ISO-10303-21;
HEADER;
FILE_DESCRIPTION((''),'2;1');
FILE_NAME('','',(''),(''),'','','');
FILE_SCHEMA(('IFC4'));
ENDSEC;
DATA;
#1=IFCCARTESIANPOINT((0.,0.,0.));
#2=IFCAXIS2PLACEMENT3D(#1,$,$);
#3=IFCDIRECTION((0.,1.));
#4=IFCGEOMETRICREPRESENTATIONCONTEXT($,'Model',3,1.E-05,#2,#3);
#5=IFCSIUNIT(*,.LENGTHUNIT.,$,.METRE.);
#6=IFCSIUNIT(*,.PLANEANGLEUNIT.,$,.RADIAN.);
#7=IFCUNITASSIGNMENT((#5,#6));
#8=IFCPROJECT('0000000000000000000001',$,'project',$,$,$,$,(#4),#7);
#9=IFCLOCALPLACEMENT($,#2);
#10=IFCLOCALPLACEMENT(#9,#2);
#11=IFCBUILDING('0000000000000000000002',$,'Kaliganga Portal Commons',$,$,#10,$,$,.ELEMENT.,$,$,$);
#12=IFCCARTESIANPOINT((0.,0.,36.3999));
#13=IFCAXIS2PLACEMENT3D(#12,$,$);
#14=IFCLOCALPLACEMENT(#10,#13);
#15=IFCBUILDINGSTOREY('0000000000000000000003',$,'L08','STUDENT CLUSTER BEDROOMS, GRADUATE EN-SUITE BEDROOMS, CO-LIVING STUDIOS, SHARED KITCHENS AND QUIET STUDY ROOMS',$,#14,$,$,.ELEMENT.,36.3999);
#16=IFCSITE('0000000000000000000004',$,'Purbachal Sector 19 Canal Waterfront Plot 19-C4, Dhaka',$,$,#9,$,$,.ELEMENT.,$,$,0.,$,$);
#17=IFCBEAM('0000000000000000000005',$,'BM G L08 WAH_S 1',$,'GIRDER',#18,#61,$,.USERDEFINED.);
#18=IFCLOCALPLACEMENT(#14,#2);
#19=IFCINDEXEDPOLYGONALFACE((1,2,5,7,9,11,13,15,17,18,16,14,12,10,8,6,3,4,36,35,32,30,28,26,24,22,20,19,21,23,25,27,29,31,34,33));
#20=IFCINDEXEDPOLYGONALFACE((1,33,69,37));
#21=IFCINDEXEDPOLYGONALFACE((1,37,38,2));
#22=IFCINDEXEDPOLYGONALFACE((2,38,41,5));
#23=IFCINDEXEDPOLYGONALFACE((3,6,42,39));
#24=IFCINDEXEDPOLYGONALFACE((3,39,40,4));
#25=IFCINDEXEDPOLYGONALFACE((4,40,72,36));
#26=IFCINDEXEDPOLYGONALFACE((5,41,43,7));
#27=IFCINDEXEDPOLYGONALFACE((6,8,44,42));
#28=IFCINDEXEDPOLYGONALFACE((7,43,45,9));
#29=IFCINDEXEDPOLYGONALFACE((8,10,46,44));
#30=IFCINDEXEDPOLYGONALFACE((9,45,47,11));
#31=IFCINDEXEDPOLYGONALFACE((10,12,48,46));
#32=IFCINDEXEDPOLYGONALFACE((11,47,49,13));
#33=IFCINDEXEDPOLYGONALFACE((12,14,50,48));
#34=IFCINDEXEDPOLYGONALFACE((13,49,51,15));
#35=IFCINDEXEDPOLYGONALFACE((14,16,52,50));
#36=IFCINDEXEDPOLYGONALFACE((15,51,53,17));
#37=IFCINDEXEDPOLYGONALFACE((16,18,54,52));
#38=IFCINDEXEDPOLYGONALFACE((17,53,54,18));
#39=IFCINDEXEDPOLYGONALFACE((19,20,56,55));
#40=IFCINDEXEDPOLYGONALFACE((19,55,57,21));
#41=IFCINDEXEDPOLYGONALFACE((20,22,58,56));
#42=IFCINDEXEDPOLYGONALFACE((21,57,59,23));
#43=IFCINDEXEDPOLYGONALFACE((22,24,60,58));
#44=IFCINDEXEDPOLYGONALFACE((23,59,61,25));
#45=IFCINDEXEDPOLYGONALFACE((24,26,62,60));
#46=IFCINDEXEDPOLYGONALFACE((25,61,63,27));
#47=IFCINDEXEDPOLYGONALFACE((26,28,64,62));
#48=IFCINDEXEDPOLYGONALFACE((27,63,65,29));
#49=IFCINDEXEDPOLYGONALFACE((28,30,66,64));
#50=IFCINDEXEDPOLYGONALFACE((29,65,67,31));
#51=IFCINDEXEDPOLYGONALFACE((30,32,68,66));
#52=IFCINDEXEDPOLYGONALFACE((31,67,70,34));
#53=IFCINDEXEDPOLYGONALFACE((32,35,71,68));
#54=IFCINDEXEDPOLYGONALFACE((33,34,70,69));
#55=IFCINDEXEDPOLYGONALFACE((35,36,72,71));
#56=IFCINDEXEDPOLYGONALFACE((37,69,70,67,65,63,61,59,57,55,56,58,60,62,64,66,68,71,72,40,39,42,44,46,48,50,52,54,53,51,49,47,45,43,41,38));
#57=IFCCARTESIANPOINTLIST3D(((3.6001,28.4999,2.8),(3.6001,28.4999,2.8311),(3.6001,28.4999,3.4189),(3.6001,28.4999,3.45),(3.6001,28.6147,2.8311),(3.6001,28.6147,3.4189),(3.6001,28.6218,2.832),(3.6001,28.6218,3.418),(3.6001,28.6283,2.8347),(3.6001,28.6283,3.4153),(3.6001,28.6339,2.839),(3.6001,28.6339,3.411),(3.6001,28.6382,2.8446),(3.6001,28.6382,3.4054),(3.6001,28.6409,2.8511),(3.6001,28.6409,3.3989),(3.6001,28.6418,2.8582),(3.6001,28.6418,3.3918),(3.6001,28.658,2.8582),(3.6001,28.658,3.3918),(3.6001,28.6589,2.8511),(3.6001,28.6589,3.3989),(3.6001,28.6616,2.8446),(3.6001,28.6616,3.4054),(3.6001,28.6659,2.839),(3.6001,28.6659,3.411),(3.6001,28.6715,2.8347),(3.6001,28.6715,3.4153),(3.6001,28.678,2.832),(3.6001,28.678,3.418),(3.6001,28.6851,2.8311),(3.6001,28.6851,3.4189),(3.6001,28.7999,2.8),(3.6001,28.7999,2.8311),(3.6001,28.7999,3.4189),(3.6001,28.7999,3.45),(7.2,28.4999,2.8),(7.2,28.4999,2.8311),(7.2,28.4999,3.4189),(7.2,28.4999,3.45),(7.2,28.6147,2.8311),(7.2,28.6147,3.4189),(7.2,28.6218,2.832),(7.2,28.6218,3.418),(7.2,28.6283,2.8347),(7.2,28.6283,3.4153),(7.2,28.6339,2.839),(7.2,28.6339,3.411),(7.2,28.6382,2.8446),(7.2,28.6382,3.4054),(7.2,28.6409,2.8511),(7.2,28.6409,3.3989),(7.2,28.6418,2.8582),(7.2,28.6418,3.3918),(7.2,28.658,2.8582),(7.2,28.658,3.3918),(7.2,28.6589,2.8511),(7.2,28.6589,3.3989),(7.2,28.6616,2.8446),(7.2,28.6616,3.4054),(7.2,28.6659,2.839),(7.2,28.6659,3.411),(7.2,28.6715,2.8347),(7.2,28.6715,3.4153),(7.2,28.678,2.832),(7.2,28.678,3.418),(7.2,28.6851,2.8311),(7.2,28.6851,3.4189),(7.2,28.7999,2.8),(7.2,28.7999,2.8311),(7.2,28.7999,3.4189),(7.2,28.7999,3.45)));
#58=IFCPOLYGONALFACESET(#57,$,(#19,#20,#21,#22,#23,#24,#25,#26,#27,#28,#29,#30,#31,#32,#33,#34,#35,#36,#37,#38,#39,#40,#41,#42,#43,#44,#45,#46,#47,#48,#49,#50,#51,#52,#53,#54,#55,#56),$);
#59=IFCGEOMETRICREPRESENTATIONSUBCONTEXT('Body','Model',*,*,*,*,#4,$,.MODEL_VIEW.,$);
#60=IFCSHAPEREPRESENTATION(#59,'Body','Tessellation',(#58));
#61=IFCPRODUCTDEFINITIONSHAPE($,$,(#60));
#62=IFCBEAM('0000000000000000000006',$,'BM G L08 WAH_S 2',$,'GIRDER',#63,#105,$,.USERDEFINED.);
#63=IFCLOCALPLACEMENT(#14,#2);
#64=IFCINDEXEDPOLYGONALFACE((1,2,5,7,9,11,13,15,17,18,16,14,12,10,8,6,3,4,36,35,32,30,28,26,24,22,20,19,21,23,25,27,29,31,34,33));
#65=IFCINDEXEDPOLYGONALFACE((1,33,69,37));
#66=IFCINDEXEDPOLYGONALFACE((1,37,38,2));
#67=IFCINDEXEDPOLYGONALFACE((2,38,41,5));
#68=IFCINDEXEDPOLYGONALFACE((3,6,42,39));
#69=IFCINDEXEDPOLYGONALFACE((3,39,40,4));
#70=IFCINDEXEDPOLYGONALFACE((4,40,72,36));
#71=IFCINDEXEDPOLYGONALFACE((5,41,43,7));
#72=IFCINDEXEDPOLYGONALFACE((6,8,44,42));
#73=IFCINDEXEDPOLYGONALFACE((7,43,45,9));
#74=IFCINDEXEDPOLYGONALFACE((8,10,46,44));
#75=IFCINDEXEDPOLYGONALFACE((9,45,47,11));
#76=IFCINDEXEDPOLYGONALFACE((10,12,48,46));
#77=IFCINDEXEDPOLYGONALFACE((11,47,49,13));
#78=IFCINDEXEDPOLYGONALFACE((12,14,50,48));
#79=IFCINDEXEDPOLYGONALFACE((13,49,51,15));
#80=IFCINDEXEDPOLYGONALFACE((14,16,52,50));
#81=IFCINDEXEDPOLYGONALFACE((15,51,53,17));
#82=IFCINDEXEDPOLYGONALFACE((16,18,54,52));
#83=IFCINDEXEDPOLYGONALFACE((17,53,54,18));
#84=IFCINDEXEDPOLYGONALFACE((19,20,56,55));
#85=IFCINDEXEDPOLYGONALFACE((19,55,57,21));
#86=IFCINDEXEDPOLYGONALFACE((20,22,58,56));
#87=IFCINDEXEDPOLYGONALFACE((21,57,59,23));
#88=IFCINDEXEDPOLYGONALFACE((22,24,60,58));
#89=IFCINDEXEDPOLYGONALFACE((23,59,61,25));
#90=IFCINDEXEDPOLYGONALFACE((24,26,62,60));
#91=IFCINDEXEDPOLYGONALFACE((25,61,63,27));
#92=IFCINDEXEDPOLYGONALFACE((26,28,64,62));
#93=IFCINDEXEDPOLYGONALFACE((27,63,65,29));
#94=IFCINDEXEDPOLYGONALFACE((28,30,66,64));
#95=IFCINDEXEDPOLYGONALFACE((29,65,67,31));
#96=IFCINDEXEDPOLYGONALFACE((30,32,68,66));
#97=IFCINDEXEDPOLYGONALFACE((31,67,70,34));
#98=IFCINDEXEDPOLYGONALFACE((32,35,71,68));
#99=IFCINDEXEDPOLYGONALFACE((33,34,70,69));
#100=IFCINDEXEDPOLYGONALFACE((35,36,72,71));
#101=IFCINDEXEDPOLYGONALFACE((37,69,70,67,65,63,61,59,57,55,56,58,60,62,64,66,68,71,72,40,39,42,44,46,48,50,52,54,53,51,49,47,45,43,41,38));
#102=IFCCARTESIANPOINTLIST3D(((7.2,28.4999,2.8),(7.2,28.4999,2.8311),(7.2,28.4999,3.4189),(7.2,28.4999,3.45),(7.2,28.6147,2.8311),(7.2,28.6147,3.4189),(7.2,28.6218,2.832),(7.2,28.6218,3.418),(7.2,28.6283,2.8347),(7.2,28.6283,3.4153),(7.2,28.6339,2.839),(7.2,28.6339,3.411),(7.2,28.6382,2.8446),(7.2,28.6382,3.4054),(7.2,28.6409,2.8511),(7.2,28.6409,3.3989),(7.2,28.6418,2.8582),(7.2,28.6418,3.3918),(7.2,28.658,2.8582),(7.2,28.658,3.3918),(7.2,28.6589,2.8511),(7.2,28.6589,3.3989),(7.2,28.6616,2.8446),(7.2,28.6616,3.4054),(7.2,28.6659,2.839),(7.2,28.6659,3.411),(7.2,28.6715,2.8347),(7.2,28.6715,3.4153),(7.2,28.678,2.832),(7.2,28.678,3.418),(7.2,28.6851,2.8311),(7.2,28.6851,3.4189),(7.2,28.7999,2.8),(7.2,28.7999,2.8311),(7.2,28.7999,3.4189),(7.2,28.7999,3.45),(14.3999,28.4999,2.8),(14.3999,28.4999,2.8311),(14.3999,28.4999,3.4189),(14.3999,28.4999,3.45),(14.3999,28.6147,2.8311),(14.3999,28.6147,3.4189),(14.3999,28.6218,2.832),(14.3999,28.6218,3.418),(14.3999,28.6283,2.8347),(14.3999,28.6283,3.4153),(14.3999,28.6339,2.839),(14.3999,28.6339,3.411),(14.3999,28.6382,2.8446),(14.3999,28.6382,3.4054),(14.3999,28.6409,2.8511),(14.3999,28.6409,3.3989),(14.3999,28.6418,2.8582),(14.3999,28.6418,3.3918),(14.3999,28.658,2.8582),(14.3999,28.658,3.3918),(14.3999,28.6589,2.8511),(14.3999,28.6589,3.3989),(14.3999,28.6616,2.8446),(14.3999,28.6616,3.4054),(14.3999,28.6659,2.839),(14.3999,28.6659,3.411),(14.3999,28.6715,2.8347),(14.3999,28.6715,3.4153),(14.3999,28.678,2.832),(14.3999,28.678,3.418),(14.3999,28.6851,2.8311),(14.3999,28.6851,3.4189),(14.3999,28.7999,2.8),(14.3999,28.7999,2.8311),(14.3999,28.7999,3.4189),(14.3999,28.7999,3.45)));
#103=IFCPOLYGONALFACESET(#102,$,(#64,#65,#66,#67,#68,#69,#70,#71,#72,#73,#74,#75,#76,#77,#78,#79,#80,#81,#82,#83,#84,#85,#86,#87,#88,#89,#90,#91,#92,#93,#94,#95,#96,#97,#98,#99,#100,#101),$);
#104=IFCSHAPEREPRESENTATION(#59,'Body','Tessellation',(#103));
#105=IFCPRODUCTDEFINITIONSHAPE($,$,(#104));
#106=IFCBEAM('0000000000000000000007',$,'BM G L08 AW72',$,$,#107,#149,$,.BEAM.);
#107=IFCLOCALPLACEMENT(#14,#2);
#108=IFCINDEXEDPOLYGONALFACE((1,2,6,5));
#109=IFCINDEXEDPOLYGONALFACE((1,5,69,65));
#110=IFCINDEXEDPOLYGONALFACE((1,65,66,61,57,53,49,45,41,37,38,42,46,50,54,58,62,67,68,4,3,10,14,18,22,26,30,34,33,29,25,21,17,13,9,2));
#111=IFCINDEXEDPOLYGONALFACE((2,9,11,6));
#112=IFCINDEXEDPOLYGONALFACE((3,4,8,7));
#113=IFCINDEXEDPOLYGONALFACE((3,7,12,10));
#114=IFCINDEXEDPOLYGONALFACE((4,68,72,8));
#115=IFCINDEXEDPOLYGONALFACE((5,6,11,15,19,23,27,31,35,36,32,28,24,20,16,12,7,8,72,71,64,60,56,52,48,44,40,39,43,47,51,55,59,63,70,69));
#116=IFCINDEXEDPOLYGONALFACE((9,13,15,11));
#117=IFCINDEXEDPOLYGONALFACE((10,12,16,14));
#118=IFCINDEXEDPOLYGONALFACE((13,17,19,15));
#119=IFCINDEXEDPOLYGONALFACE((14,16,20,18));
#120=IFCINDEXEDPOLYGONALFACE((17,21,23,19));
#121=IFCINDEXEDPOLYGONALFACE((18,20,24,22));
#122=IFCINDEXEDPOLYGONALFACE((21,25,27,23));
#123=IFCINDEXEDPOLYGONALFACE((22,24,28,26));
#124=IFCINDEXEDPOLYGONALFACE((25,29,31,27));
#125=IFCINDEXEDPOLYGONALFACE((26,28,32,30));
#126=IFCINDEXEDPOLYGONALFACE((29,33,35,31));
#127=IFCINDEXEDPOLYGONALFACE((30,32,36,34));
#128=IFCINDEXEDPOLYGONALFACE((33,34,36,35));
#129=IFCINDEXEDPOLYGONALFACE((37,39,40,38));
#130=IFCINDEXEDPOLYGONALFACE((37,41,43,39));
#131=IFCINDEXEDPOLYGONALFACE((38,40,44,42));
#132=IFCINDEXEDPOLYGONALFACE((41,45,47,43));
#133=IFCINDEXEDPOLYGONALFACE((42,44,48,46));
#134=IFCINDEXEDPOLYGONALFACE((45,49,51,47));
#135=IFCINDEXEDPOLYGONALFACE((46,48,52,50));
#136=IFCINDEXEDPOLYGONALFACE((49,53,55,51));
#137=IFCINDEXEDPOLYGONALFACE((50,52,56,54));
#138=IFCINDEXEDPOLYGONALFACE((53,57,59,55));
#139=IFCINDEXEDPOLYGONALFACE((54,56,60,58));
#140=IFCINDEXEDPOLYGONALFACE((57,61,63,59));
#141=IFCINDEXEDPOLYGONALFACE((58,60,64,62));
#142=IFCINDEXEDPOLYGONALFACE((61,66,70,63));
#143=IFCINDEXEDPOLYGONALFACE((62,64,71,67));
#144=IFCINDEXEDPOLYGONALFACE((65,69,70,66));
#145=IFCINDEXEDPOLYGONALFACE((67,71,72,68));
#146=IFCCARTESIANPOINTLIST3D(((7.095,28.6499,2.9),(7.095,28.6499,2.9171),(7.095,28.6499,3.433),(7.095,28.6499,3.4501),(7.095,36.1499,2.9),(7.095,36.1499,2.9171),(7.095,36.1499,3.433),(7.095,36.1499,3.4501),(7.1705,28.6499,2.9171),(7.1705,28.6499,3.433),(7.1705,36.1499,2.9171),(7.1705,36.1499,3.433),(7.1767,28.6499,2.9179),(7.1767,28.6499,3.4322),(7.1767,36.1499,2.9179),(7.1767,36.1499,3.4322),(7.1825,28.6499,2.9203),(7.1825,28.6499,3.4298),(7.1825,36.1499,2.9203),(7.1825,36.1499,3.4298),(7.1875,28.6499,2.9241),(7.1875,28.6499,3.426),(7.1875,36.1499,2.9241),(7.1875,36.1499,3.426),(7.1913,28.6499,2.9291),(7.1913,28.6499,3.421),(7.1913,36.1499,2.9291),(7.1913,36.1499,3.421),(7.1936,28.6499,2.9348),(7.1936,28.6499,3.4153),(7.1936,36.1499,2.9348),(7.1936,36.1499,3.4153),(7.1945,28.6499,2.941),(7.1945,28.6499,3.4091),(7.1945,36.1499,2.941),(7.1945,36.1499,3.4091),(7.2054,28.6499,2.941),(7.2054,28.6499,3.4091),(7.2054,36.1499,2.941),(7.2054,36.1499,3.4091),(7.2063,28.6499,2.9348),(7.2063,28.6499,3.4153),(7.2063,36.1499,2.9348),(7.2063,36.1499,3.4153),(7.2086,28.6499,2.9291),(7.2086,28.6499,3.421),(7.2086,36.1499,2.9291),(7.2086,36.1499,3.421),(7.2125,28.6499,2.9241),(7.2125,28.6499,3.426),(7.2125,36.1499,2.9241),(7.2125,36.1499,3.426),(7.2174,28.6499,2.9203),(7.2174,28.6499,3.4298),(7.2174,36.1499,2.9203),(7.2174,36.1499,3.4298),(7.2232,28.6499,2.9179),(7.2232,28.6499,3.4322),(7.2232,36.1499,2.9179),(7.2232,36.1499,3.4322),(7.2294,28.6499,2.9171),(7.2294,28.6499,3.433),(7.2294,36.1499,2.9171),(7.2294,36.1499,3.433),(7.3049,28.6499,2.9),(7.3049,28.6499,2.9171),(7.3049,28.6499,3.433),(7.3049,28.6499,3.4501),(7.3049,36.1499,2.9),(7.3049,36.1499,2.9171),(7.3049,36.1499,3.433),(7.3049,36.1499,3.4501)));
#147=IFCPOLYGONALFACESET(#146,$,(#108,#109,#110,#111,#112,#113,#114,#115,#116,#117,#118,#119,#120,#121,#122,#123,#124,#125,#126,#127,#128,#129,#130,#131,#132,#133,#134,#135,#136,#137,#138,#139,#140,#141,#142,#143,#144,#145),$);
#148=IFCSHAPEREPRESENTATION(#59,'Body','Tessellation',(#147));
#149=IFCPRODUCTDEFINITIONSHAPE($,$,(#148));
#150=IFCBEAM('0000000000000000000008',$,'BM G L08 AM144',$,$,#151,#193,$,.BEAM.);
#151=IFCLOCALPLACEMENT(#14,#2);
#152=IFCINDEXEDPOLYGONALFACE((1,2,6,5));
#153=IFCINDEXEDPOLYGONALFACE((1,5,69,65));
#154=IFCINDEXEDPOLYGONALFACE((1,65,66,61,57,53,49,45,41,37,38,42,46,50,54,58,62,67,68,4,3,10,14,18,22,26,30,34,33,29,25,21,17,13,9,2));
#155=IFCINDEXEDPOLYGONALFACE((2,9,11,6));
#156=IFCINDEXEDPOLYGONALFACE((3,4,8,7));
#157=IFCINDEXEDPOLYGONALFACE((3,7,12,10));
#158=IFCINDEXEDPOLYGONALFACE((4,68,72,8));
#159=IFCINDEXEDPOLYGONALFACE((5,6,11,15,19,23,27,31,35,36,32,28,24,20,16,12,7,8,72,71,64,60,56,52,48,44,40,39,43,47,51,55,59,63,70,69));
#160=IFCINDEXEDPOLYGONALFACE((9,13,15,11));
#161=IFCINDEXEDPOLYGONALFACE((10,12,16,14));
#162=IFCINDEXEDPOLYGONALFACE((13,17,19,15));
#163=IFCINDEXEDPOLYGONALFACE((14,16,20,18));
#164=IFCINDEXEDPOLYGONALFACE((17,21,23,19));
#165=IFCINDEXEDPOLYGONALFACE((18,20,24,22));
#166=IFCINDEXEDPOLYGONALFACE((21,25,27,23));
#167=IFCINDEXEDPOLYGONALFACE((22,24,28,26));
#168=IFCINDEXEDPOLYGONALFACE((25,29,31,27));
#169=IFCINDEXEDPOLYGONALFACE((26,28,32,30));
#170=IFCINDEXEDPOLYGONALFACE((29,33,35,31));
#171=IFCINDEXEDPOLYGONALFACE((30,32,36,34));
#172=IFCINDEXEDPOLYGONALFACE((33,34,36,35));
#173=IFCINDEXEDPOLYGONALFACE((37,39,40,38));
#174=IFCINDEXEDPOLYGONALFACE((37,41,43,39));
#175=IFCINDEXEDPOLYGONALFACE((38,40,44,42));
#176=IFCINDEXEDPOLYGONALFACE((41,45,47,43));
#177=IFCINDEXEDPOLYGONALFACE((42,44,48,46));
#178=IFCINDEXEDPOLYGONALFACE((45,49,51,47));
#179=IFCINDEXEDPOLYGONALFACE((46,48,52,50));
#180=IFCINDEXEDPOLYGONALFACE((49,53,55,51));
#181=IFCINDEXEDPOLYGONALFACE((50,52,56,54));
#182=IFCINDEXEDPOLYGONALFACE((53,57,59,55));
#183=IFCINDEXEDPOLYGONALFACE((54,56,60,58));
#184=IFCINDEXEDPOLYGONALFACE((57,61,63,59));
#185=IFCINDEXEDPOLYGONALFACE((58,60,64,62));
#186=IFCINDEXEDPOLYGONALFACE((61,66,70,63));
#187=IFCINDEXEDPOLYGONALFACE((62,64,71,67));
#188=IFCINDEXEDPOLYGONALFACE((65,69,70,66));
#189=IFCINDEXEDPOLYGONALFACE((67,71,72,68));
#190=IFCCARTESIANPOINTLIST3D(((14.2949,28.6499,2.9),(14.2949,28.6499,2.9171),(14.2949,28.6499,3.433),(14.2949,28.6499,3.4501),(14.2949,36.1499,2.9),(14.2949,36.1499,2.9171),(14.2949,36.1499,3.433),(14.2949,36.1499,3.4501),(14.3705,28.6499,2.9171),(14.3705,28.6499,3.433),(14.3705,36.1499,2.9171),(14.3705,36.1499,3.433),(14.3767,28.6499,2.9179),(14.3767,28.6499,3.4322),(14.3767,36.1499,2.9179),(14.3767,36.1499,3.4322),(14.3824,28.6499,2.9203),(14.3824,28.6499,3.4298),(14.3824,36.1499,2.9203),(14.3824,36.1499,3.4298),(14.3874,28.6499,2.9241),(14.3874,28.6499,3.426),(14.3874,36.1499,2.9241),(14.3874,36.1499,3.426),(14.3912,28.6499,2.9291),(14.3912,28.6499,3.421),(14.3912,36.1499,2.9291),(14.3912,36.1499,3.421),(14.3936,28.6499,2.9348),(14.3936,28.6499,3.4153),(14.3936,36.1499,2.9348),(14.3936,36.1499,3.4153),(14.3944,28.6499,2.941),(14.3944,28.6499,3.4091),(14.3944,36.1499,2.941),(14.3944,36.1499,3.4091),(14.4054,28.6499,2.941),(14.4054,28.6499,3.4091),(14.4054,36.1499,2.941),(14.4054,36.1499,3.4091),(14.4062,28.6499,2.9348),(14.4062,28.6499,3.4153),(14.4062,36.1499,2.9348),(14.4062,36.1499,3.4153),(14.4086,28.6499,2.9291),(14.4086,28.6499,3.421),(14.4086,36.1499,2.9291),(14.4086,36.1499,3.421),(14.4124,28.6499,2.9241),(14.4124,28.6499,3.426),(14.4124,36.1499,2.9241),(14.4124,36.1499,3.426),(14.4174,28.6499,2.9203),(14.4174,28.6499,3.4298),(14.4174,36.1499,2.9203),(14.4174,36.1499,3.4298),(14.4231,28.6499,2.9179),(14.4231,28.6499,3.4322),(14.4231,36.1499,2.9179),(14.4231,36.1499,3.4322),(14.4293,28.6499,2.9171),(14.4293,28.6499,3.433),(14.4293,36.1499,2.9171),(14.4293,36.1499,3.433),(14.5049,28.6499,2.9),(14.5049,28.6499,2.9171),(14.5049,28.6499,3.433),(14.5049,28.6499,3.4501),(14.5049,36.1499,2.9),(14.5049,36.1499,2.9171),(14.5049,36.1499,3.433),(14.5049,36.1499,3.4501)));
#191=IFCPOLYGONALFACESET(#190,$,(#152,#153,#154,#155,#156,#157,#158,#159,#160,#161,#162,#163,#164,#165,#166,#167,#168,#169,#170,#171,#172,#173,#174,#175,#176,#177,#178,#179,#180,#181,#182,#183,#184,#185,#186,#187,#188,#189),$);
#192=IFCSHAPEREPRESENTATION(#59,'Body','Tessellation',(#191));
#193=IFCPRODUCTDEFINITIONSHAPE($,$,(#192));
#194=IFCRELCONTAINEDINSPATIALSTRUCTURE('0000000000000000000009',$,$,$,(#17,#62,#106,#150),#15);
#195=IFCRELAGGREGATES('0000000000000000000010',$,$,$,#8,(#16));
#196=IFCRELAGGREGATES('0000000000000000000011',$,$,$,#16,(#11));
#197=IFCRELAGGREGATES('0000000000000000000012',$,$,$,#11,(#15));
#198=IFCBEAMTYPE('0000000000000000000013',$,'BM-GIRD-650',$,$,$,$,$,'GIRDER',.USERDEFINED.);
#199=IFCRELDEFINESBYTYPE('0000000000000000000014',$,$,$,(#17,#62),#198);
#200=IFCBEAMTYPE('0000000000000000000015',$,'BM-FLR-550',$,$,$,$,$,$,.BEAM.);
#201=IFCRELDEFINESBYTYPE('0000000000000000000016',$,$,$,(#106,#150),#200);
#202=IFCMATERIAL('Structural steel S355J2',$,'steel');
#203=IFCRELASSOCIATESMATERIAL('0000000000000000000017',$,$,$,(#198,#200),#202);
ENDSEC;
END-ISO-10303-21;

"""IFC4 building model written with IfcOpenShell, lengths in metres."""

from ifc_helpers import new_model, si_unit, direction, frame, origin, origin_2d, place, context, subcontext, project, spatial, i_section, extrude, source, transform, mapped, material, material_profile, profile_set, type_object, element, save


model = new_model("IFC4")

# Units and contexts
model_context = context("Model", 3, precision=1e-05, world=origin(), true_north=direction((0.0, 1.0)))
body_context = subcontext(model_context, "Body", "Model", "MODEL_VIEW")
ifc_project = project(units=[si_unit("LENGTHUNIT", "METRE"), si_unit("PLANEANGLEUNIT", "RADIAN")], contexts=[model_context])

# Site, building, storey
site_placement = place(None, origin())
site = spatial("IfcSite", under=ifc_project, at=site_placement, Name="Purbachal Sector 19 Canal Waterfront Plot 19-C4, Dhaka", CompositionType="ELEMENT", RefElevation=0.0)
building_placement = place(site_placement, origin())
building = spatial("IfcBuilding", under=site, at=building_placement, Name="Kaliganga Portal Commons", CompositionType="ELEMENT")
storey_placement = place(building_placement, frame((0.0, 0.0, 36.3999)))
storey = spatial("IfcBuildingStorey", under=building, at=storey_placement, Name="L08", Description="STUDENT CLUSTER BEDROOMS, GRADUATE EN-SUITE BEDROOMS, CO-LIVING STUDIOS, SHARED KITCHENS AND QUIET STUDY ROOMS", CompositionType="ELEMENT", Elevation=36.3999)

# Beams
ifc_material_1 = material(Name="Structural steel S355J2", Category="steel")
ifc_material_profile_1 = material_profile(ifc_material_1, i_section(OverallWidth=0.3, OverallDepth=0.6499, WebThickness=0.0161, FlangeThickness=0.031, FilletRadius=0.0271, at=origin_2d()), Name="HE 650 B")
ifc_profile_set_1 = profile_set([ifc_material_profile_1], Name="Structural steel S355J2 wide-flange")
beam_type_1 = type_object("IfcBeamType", Name="BM-GIRD-650", ElementType="GIRDER", PredefinedType="USERDEFINED", material=ifc_profile_set_1)
shared_shape_1 = source(origin(), body_context, "Body", "SweptSolid", [
    extrude(i_section(OverallWidth=0.3, OverallDepth=0.6499, WebThickness=0.0161, FlangeThickness=0.031, FilletRadius=0.0271, at=origin_2d()), origin(), (0.0, 0.0, 1.0), 3.5999),
])
beam_1_placement = place(storey_placement, frame((3.6001, 28.6499, 3.125), z_axis=(1.0, 0.0, 0.0), x_axis=(0.0, 1.0, 0.0)))
element("IfcBeam", 1, at=beam_1_placement, inside=storey, type_object=beam_type_1, Name="BM G L08 WAH_S 1", ObjectType="GIRDER", PredefinedType="USERDEFINED", context=body_context, shape_type="MappedRepresentation", body=[
    mapped(shared_shape_1, transform((0.0, 0.0, 0.0), x_axis=(1.0, 0.0, 0.0), y_axis=(0.0, 1.0, 0.0), z_axis=(0.0, 0.0, 1.0), scale=1.0)),
])
shared_shape_2 = source(origin(), body_context, "Body", "SweptSolid", [
    extrude(i_section(OverallWidth=0.3, OverallDepth=0.6499, WebThickness=0.0161, FlangeThickness=0.031, FilletRadius=0.0271, at=origin_2d()), origin(), (0.0, 0.0, 1.0), 7.2),
])
beam_2_placement = place(storey_placement, frame((7.2, 28.6499, 3.125), z_axis=(1.0, 0.0, 0.0), x_axis=(0.0, 1.0, 0.0)))
element("IfcBeam", 2, at=beam_2_placement, inside=storey, type_object=beam_type_1, Name="BM G L08 WAH_S 2", ObjectType="GIRDER", PredefinedType="USERDEFINED", context=body_context, shape_type="MappedRepresentation", body=[
    mapped(shared_shape_2, transform((0.0, 0.0, 0.0), x_axis=(1.0, 0.0, 0.0), y_axis=(0.0, 1.0, 0.0), z_axis=(0.0, 0.0, 1.0), scale=1.0)),
])
ifc_material_profile_2 = material_profile(ifc_material_1, i_section(OverallWidth=0.21, OverallDepth=0.55, WebThickness=0.011, FlangeThickness=0.0171, FilletRadius=0.0239, at=origin_2d()), Name="IPE 550")
ifc_profile_set_2 = profile_set([ifc_material_profile_2], Name="Structural steel S355J2 wide-flange")
beam_type_2 = type_object("IfcBeamType", Name="BM-FLR-550", PredefinedType="BEAM", material=ifc_profile_set_2)
shared_shape_3 = source(origin(), body_context, "Body", "SweptSolid", [
    extrude(i_section(OverallWidth=0.21, OverallDepth=0.55, WebThickness=0.011, FlangeThickness=0.0171, FilletRadius=0.0239, at=origin_2d()), origin(), (0.0, 0.0, 1.0), 7.5),
])
for number, where, z_axis, x_axis, name in (
    (3, (7.2, 28.6499, 3.175), (0.0, 1.0, 0.0), (-1.0, 0.0, 0.0), "BM G L08 AW72"),
    (4, (14.3999, 28.6499, 3.175), (0.0, 1.0, 0.0), (-1.0, 0.0, 0.0), "BM G L08 AM144"),
):
    element("IfcBeam", number, at=place(storey_placement, frame(where, z_axis=z_axis, x_axis=x_axis)), inside=storey, type_object=beam_type_2, Name=name, PredefinedType="BEAM", context=body_context, shape_type="MappedRepresentation", body=[
        mapped(shared_shape_3, transform((0.0, 0.0, 0.0), x_axis=(1.0, 0.0, 0.0), y_axis=(0.0, 1.0, 0.0), z_axis=(0.0, 0.0, 1.0), scale=1.0)),
    ])

save(model, "model.ifc")
